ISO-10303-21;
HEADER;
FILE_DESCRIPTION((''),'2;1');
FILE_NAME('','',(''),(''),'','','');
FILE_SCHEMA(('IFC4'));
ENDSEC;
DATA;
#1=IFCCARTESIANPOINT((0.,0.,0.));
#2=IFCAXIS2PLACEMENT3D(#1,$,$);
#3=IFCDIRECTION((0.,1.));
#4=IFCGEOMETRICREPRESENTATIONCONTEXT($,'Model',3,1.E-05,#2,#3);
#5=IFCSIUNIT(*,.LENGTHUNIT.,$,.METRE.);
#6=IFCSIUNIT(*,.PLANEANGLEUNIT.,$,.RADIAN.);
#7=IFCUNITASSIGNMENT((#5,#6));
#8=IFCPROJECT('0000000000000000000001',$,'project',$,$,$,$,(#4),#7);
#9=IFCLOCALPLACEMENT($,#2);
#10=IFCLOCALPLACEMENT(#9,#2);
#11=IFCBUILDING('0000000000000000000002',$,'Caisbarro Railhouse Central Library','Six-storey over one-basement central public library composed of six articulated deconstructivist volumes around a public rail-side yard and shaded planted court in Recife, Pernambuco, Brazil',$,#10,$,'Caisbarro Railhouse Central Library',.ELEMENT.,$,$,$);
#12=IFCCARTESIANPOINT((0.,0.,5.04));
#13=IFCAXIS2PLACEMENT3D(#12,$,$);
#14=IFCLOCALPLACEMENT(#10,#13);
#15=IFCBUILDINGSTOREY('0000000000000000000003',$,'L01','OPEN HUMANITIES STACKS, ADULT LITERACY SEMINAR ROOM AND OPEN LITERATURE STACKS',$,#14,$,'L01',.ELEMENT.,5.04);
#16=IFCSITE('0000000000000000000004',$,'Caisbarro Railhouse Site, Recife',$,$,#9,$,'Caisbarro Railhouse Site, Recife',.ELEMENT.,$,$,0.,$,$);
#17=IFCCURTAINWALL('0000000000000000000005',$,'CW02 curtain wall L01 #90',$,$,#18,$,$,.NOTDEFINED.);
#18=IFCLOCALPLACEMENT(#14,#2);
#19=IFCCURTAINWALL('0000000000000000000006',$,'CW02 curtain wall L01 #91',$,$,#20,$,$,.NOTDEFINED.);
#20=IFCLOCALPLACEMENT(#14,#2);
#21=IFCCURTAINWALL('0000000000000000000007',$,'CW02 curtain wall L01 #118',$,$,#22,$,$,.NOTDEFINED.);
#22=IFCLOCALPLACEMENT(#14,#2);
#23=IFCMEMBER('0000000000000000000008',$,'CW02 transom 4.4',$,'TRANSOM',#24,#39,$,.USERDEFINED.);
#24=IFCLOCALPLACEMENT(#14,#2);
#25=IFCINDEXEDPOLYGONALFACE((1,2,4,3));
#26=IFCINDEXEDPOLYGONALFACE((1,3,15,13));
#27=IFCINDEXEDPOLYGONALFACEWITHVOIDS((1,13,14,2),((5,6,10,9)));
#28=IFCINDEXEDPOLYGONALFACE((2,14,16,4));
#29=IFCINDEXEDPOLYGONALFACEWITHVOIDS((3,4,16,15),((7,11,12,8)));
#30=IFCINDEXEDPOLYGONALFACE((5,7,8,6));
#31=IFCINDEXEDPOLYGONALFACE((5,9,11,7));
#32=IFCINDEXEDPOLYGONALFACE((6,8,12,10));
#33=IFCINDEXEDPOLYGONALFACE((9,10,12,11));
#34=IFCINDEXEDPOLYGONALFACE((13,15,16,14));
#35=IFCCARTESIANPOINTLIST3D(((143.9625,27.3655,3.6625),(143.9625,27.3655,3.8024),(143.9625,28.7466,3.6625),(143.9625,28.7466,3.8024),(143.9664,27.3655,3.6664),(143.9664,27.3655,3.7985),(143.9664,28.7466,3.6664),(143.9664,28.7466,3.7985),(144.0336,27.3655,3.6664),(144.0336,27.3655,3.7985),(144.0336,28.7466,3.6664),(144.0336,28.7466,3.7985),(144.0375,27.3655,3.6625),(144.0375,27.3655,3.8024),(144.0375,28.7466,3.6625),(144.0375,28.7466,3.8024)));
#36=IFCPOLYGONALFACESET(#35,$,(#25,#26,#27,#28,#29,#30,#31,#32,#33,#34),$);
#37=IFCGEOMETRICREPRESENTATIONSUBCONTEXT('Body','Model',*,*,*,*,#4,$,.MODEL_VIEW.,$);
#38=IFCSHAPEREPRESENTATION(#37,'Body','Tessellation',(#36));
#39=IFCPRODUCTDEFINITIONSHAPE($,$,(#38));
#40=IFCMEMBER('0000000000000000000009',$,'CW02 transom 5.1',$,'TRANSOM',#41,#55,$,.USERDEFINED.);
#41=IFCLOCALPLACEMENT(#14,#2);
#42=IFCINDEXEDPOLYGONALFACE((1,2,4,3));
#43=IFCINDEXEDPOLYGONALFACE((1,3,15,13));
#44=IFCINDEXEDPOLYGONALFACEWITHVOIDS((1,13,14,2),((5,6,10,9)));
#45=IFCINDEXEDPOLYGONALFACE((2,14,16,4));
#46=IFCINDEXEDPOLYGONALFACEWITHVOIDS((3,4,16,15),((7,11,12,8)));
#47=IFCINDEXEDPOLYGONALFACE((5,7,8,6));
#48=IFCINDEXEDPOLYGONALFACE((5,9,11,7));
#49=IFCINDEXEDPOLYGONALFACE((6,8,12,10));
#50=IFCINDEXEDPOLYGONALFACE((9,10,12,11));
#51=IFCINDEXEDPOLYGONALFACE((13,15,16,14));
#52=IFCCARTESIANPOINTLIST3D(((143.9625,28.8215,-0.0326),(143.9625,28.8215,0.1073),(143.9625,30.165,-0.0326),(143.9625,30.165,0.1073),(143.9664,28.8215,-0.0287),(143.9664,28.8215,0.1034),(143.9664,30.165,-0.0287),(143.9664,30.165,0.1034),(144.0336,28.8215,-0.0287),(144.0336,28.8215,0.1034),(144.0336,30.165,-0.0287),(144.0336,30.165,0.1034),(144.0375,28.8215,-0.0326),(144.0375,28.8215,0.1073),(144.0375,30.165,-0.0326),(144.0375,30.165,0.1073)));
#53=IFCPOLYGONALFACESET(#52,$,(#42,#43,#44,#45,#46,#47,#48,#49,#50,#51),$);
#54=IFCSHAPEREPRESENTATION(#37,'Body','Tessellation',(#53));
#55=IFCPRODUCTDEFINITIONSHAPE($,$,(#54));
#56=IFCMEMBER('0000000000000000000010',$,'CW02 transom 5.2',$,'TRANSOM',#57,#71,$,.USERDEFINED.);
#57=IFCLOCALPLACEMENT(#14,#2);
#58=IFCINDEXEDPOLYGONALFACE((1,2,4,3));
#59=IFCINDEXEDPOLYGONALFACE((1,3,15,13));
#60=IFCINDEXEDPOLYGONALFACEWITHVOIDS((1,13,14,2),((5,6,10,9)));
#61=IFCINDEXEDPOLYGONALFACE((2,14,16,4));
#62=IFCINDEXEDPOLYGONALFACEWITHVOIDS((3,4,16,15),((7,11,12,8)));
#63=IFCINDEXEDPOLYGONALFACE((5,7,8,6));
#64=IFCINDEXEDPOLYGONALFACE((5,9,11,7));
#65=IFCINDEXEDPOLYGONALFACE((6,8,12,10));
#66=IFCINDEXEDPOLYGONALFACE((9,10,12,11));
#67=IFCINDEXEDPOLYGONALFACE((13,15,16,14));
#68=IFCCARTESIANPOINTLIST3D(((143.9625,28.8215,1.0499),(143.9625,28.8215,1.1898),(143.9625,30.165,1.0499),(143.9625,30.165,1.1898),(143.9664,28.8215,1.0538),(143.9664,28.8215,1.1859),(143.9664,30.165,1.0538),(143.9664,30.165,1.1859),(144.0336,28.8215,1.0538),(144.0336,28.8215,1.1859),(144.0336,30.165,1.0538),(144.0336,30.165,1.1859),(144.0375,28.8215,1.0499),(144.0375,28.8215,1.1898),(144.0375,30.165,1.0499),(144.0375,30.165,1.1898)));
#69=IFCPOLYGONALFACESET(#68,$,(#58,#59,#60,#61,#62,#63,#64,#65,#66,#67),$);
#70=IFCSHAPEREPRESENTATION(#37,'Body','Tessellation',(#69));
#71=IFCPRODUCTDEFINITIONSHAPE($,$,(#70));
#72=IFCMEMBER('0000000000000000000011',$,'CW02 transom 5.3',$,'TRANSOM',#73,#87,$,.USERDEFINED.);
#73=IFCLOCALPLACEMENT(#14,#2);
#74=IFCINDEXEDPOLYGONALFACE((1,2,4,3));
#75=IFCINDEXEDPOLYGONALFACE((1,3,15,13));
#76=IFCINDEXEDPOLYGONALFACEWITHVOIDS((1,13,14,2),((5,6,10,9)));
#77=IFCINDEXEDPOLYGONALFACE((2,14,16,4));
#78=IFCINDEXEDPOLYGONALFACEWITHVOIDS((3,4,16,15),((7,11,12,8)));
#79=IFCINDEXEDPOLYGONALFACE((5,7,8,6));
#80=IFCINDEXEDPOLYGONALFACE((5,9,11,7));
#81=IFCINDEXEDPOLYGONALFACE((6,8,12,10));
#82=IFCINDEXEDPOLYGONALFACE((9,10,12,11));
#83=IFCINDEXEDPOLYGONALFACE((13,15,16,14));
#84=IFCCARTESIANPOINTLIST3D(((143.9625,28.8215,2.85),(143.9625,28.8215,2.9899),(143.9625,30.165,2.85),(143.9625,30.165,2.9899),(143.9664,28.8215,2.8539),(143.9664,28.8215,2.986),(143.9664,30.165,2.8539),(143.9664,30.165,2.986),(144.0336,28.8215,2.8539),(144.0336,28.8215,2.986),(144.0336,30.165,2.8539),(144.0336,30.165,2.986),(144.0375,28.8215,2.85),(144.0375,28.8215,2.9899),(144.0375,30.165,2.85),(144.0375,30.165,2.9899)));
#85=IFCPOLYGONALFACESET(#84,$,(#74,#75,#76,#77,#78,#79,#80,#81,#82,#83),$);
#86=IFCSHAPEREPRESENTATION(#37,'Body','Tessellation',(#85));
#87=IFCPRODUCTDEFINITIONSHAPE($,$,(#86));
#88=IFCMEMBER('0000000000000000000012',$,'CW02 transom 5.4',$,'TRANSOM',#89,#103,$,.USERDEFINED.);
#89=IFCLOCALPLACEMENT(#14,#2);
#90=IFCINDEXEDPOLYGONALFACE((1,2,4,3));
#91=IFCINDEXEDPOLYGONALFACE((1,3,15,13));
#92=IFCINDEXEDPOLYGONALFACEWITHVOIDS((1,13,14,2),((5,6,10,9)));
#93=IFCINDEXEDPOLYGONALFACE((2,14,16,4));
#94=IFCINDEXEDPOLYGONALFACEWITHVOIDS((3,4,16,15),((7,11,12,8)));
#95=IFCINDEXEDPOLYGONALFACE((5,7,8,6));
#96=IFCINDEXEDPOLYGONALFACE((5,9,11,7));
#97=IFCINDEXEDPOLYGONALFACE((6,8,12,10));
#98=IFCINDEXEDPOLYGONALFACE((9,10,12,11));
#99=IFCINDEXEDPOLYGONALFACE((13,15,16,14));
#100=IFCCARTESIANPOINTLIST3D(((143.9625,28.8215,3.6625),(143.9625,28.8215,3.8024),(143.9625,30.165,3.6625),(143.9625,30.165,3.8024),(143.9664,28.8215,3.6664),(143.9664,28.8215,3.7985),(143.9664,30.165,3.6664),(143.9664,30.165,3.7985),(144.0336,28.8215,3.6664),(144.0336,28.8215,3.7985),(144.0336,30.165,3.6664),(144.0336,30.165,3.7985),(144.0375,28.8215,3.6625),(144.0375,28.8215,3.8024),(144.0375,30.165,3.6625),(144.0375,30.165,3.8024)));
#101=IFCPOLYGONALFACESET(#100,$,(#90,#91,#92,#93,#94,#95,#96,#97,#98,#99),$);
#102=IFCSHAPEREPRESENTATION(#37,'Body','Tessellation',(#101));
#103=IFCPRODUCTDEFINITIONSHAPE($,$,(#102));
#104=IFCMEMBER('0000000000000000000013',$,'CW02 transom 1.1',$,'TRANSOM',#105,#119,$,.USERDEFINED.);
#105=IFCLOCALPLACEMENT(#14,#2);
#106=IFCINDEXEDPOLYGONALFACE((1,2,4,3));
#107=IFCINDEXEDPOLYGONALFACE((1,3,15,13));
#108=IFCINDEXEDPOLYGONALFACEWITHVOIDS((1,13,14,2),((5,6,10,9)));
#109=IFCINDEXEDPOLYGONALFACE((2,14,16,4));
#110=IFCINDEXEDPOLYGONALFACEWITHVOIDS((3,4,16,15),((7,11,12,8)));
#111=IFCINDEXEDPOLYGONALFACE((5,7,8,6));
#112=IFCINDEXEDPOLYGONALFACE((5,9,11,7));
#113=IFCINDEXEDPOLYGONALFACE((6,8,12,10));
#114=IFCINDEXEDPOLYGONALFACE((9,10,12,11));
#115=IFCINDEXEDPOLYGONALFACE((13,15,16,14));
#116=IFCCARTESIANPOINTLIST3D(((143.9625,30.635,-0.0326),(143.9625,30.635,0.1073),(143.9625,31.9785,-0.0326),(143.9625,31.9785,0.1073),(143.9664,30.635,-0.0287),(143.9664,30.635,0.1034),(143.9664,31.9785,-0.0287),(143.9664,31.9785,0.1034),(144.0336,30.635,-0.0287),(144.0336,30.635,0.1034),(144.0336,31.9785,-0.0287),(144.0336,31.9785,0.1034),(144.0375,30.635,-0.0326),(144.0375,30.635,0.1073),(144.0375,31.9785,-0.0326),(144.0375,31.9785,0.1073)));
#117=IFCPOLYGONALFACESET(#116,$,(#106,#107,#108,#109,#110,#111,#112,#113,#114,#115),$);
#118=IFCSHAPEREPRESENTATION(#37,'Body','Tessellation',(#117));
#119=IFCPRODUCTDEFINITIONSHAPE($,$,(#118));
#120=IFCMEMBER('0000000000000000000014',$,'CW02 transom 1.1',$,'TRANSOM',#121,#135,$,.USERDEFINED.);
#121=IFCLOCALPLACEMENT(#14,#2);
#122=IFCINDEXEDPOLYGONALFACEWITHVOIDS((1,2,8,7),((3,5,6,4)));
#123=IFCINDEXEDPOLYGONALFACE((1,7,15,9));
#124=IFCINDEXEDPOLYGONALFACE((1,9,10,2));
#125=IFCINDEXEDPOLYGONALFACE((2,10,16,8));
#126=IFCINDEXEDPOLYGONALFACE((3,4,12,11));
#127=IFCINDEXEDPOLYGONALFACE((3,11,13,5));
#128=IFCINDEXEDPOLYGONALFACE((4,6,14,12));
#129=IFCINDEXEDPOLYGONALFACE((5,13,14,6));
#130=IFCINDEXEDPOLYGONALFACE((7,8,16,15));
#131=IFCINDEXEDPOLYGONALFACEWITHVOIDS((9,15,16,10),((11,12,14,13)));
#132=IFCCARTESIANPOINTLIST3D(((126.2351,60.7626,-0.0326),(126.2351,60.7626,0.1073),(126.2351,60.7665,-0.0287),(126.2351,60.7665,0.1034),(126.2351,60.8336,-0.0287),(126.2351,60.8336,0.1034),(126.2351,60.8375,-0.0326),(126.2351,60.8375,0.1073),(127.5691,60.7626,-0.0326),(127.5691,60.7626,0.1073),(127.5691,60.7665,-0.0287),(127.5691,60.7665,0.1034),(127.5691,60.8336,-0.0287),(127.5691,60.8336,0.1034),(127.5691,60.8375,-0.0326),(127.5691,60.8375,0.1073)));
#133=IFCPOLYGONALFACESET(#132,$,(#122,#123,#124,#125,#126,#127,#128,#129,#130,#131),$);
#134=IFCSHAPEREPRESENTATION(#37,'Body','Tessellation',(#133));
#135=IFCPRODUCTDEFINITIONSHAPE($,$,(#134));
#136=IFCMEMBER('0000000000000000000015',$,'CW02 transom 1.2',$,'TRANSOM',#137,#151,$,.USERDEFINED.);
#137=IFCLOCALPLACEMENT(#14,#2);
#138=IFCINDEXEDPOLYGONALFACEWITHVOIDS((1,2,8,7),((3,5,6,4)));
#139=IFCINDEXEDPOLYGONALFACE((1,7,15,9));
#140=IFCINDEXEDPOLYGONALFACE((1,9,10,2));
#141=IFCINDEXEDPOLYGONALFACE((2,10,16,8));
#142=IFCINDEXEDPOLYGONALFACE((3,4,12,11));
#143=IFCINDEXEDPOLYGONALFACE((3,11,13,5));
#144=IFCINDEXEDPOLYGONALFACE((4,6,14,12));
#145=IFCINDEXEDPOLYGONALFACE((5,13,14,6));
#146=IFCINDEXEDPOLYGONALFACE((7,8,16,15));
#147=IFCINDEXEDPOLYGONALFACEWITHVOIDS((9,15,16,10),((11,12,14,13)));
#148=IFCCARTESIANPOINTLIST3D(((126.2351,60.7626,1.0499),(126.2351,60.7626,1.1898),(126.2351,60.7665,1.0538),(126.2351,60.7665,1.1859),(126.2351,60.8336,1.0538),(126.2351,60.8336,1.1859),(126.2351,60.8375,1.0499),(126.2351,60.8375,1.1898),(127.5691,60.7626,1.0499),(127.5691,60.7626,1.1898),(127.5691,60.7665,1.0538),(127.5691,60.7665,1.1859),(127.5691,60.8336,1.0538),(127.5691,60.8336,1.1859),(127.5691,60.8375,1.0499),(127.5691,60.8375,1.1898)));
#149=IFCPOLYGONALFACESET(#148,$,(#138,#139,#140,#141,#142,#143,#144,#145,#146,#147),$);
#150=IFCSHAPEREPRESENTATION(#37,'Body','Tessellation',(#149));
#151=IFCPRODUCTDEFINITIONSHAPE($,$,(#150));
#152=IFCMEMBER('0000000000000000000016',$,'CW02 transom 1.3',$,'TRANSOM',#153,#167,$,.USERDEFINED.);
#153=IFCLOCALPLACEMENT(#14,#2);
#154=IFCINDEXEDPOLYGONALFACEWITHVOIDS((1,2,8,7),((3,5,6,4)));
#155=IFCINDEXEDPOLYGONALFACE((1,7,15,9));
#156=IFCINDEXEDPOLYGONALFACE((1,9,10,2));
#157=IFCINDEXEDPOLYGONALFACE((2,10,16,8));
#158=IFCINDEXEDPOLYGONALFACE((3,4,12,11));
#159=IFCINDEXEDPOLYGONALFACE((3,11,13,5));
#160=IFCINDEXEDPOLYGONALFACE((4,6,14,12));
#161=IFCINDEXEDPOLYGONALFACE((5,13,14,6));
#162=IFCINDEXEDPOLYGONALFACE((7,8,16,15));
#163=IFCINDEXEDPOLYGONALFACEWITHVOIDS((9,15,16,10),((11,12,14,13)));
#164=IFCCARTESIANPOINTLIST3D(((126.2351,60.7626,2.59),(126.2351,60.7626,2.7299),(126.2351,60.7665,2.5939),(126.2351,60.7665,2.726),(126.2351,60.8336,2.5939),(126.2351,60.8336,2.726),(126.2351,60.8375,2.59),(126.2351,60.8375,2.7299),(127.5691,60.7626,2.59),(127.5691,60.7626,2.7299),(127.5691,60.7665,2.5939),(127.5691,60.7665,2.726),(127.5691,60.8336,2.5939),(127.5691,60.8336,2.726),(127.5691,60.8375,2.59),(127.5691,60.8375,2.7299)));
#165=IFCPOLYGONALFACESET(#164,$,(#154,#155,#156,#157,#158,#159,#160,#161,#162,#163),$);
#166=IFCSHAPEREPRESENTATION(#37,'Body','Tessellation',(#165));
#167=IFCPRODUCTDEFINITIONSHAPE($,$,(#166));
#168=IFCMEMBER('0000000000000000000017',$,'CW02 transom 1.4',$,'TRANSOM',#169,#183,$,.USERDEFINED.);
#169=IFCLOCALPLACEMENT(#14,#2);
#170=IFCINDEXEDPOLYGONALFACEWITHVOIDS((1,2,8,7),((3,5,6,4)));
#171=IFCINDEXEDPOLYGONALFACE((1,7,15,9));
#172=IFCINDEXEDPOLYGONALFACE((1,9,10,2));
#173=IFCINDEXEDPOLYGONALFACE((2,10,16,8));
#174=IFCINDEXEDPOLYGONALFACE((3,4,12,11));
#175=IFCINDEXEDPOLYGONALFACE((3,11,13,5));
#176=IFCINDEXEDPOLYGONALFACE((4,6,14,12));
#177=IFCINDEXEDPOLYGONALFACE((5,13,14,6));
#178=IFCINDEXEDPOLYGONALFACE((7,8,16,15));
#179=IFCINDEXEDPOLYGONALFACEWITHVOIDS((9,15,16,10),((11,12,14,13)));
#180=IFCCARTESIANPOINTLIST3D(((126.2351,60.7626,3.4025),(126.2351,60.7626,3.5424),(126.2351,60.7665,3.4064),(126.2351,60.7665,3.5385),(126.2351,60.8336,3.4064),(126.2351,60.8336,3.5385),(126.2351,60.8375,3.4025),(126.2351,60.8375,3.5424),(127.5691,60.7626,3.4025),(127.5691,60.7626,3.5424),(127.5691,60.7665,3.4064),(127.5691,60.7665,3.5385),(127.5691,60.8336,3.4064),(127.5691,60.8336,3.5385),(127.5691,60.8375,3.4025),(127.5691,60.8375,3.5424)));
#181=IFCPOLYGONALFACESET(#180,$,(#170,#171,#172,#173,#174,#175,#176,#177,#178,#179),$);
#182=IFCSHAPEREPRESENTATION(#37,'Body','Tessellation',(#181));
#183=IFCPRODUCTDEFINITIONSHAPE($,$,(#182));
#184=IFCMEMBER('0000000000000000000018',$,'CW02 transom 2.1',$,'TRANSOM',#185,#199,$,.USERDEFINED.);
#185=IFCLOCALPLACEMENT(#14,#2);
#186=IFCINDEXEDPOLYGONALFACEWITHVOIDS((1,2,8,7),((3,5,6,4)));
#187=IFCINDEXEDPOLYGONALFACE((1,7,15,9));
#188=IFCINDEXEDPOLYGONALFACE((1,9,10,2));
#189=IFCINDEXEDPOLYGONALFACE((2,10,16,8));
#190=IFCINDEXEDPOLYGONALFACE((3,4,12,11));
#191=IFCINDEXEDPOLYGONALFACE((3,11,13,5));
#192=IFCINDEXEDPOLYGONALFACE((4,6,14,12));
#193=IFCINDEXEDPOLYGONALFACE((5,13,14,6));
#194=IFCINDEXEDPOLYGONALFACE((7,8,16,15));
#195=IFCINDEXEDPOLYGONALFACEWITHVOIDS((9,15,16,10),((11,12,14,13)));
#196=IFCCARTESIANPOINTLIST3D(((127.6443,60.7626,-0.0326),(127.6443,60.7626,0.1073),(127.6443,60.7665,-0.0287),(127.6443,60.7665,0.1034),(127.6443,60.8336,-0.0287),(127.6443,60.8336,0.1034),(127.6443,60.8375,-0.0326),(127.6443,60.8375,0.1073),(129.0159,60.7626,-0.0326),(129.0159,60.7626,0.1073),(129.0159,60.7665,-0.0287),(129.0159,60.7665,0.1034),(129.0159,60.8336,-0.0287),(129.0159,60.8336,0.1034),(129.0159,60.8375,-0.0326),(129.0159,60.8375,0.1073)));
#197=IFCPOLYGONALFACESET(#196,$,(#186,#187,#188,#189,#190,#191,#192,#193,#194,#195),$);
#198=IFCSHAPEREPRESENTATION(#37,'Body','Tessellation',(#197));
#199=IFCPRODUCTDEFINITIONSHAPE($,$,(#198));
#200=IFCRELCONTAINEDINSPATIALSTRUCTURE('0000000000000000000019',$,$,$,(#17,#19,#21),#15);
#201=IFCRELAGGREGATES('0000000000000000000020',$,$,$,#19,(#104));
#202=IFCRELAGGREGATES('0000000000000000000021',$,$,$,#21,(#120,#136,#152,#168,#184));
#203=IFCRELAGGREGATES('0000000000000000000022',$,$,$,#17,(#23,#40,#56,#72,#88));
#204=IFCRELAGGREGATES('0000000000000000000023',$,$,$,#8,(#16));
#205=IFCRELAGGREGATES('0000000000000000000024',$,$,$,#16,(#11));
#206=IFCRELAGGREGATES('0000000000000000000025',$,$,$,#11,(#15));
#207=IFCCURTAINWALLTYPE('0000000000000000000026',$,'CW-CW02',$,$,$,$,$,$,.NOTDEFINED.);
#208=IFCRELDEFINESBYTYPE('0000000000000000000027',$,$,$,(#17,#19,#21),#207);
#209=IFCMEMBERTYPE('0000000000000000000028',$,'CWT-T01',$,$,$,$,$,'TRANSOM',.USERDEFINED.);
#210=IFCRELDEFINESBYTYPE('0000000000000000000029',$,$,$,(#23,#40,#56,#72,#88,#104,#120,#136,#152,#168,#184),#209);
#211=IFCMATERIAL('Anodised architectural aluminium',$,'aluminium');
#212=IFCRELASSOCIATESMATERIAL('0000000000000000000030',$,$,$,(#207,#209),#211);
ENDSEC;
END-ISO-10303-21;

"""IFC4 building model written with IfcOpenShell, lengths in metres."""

from ifc_helpers import new_model, si_unit, direction, frame, origin, origin_2d, place, context, subcontext, project, spatial, hollow_rectangle, extrude, material, material_profile, profile_set, type_object, element, aggregate, save


model = new_model("IFC4")

# Units and contexts
model_context = context("Model", 3, precision=1e-05, world=origin(), true_north=direction((0.0, 1.0)))
body_context = subcontext(model_context, "Body", "Model", "MODEL_VIEW")
ifc_project = project(units=[si_unit("LENGTHUNIT", "METRE"), si_unit("PLANEANGLEUNIT", "RADIAN")], contexts=[model_context])

# Site, building, storey
site_placement = place(None, origin())
site = spatial("IfcSite", under=ifc_project, at=site_placement, Name="Caisbarro Railhouse Site, Recife", LongName="Caisbarro Railhouse Site, Recife", CompositionType="ELEMENT", RefElevation=0.0)
building_placement = place(site_placement, origin())
building = spatial("IfcBuilding", under=site, at=building_placement, Name="Caisbarro Railhouse Central Library", Description="Six-storey over one-basement central public library composed of six articulated deconstructivist volumes around a public rail-side yard and shaded planted court in Recife, Pernambuco, Brazil", LongName="Caisbarro Railhouse Central Library", CompositionType="ELEMENT")
storey_placement = place(building_placement, frame((0.0, 0.0, 5.04)))
storey = spatial("IfcBuildingStorey", under=building, at=storey_placement, Name="L01", Description="OPEN HUMANITIES STACKS, ADULT LITERACY SEMINAR ROOM AND OPEN LITERATURE STACKS", LongName="L01", CompositionType="ELEMENT", Elevation=5.04)

# Curtain wall
ifc_material_1 = material(Name="Anodised architectural aluminium", Category="aluminium")
curtain_wall_type = type_object("IfcCurtainWallType", Name="CW-CW02", PredefinedType="NOTDEFINED", material=ifc_material_1)
curtain_wall_1_placement = place(storey_placement, origin())
curtain_wall_1 = element("IfcCurtainWall", 1, at=curtain_wall_1_placement, inside=storey, type_object=curtain_wall_type, Name="CW02 curtain wall L01 #90", PredefinedType="NOTDEFINED")

# Curtain wall
curtain_wall_2_placement = place(storey_placement, origin())
curtain_wall_2 = element("IfcCurtainWall", 2, at=curtain_wall_2_placement, inside=storey, type_object=curtain_wall_type, Name="CW02 curtain wall L01 #91", PredefinedType="NOTDEFINED")

# Curtain wall
curtain_wall_3_placement = place(storey_placement, origin())
curtain_wall_3 = element("IfcCurtainWall", 3, at=curtain_wall_3_placement, inside=storey, type_object=curtain_wall_type, Name="CW02 curtain wall L01 #118", PredefinedType="NOTDEFINED")

# Members
ifc_material_profile_1 = material_profile(ifc_material_1, hollow_rectangle(XDim=0.075, YDim=0.1399, WallThickness=0.0039, at=origin_2d()), Name="ALU-TRN-75X140")
ifc_profile_set_1 = profile_set([ifc_material_profile_1], Name="Anodised architectural aluminium")
member_type_1 = type_object("IfcMemberType", Name="CWT-T01", ElementType="TRANSOM", PredefinedType="USERDEFINED", material=ifc_profile_set_1)
member_1_placement = place(storey_placement, frame((144.0, 27.3655, 3.7324), z_axis=(0.0, 1.0, 0.0), x_axis=(-1.0, 0.0, 0.0)))
member_1 = element("IfcMember", 4, at=member_1_placement, type_object=member_type_1, Name="CW02 transom 4.4", ObjectType="TRANSOM", PredefinedType="USERDEFINED", context=body_context, shape_type="SweptSolid", body=[
    extrude(hollow_rectangle(XDim=0.075, YDim=0.1399, WallThickness=0.0039, at=origin_2d()), origin(), (0.0, 0.0, 1.0), 1.3811),
])
member_2_placement = place(storey_placement, frame((144.0, 28.8215, 0.0374), z_axis=(0.0, 1.0, 0.0), x_axis=(-1.0, 0.0, 0.0)))
member_2 = element("IfcMember", 5, at=member_2_placement, type_object=member_type_1, Name="CW02 transom 5.1", ObjectType="TRANSOM", PredefinedType="USERDEFINED", context=body_context, shape_type="SweptSolid", body=[
    extrude(hollow_rectangle(XDim=0.075, YDim=0.1399, WallThickness=0.0039, at=origin_2d()), origin(), (0.0, 0.0, 1.0), 1.3435),
])
member_3_placement = place(storey_placement, frame((144.0, 28.8215, 1.1199), z_axis=(0.0, 1.0, 0.0), x_axis=(-1.0, 0.0, 0.0)))
member_3 = element("IfcMember", 6, at=member_3_placement, type_object=member_type_1, Name="CW02 transom 5.2", ObjectType="TRANSOM", PredefinedType="USERDEFINED", context=body_context, shape_type="SweptSolid", body=[
    extrude(hollow_rectangle(XDim=0.075, YDim=0.1399, WallThickness=0.0039, at=origin_2d()), origin(), (0.0, 0.0, 1.0), 1.3435),
])
member_4_placement = place(storey_placement, frame((144.0, 28.8215, 2.9199), z_axis=(0.0, 1.0, 0.0), x_axis=(-1.0, 0.0, 0.0)))
member_4 = element("IfcMember", 7, at=member_4_placement, type_object=member_type_1, Name="CW02 transom 5.3", ObjectType="TRANSOM", PredefinedType="USERDEFINED", context=body_context, shape_type="SweptSolid", body=[
    extrude(hollow_rectangle(XDim=0.075, YDim=0.1399, WallThickness=0.0039, at=origin_2d()), origin(), (0.0, 0.0, 1.0), 1.3435),
])
member_5_placement = place(storey_placement, frame((144.0, 28.8215, 3.7324), z_axis=(0.0, 1.0, 0.0), x_axis=(-1.0, 0.0, 0.0)))
member_5 = element("IfcMember", 8, at=member_5_placement, type_object=member_type_1, Name="CW02 transom 5.4", ObjectType="TRANSOM", PredefinedType="USERDEFINED", context=body_context, shape_type="SweptSolid", body=[
    extrude(hollow_rectangle(XDim=0.075, YDim=0.1399, WallThickness=0.0039, at=origin_2d()), origin(), (0.0, 0.0, 1.0), 1.3435),
])
member_6_placement = place(storey_placement, frame((144.0, 30.635, 0.0374), z_axis=(0.0, 1.0, 0.0), x_axis=(-1.0, 0.0, 0.0)))
member_6 = element("IfcMember", 9, at=member_6_placement, type_object=member_type_1, Name="CW02 transom 1.1", ObjectType="TRANSOM", PredefinedType="USERDEFINED", context=body_context, shape_type="SweptSolid", body=[
    extrude(hollow_rectangle(XDim=0.075, YDim=0.1399, WallThickness=0.0039, at=origin_2d()), origin(), (0.0, 0.0, 1.0), 1.3435),
])
aggregate(curtain_wall_2, [member_6])
member_7_placement = place(storey_placement, frame((126.2351, 60.8, 0.0374), z_axis=(1.0, 0.0, 0.0), x_axis=(0.0, 1.0, 0.0)))
member_7 = element("IfcMember", 10, at=member_7_placement, type_object=member_type_1, Name="CW02 transom 1.1", ObjectType="TRANSOM", PredefinedType="USERDEFINED", context=body_context, shape_type="SweptSolid", body=[
    extrude(hollow_rectangle(XDim=0.075, YDim=0.1399, WallThickness=0.0039, at=origin_2d()), origin(), (0.0, 0.0, 1.0), 1.334),
])
member_8_placement = place(storey_placement, frame((126.2351, 60.8, 1.1199), z_axis=(1.0, 0.0, 0.0), x_axis=(0.0, 1.0, 0.0)))
member_8 = element("IfcMember", 11, at=member_8_placement, type_object=member_type_1, Name="CW02 transom 1.2", ObjectType="TRANSOM", PredefinedType="USERDEFINED", context=body_context, shape_type="SweptSolid", body=[
    extrude(hollow_rectangle(XDim=0.075, YDim=0.1399, WallThickness=0.0039, at=origin_2d()), origin(), (0.0, 0.0, 1.0), 1.334),
])
member_9_placement = place(storey_placement, frame((126.2351, 60.8, 2.6599), z_axis=(1.0, 0.0, 0.0), x_axis=(0.0, 1.0, 0.0)))
member_9 = element("IfcMember", 12, at=member_9_placement, type_object=member_type_1, Name="CW02 transom 1.3", ObjectType="TRANSOM", PredefinedType="USERDEFINED", context=body_context, shape_type="SweptSolid", body=[
    extrude(hollow_rectangle(XDim=0.075, YDim=0.1399, WallThickness=0.0039, at=origin_2d()), origin(), (0.0, 0.0, 1.0), 1.334),
])
member_10_placement = place(storey_placement, frame((126.2351, 60.8, 3.4724), z_axis=(1.0, 0.0, 0.0), x_axis=(0.0, 1.0, 0.0)))
member_10 = element("IfcMember", 13, at=member_10_placement, type_object=member_type_1, Name="CW02 transom 1.4", ObjectType="TRANSOM", PredefinedType="USERDEFINED", context=body_context, shape_type="SweptSolid", body=[
    extrude(hollow_rectangle(XDim=0.075, YDim=0.1399, WallThickness=0.0039, at=origin_2d()), origin(), (0.0, 0.0, 1.0), 1.334),
])
member_11_placement = place(storey_placement, frame((127.6443, 60.8, 0.0374), z_axis=(1.0, 0.0, 0.0), x_axis=(0.0, 1.0, 0.0)))
member_11 = element("IfcMember", 14, at=member_11_placement, type_object=member_type_1, Name="CW02 transom 2.1", ObjectType="TRANSOM", PredefinedType="USERDEFINED", context=body_context, shape_type="SweptSolid", body=[
    extrude(hollow_rectangle(XDim=0.075, YDim=0.1399, WallThickness=0.0039, at=origin_2d()), origin(), (0.0, 0.0, 1.0), 1.3716),
])

aggregate(curtain_wall_3, [member_7, member_8, member_9, member_10, member_11])
aggregate(curtain_wall_1, [member_1, member_2, member_3, member_4, member_5])

save(model, "model.ifc")
